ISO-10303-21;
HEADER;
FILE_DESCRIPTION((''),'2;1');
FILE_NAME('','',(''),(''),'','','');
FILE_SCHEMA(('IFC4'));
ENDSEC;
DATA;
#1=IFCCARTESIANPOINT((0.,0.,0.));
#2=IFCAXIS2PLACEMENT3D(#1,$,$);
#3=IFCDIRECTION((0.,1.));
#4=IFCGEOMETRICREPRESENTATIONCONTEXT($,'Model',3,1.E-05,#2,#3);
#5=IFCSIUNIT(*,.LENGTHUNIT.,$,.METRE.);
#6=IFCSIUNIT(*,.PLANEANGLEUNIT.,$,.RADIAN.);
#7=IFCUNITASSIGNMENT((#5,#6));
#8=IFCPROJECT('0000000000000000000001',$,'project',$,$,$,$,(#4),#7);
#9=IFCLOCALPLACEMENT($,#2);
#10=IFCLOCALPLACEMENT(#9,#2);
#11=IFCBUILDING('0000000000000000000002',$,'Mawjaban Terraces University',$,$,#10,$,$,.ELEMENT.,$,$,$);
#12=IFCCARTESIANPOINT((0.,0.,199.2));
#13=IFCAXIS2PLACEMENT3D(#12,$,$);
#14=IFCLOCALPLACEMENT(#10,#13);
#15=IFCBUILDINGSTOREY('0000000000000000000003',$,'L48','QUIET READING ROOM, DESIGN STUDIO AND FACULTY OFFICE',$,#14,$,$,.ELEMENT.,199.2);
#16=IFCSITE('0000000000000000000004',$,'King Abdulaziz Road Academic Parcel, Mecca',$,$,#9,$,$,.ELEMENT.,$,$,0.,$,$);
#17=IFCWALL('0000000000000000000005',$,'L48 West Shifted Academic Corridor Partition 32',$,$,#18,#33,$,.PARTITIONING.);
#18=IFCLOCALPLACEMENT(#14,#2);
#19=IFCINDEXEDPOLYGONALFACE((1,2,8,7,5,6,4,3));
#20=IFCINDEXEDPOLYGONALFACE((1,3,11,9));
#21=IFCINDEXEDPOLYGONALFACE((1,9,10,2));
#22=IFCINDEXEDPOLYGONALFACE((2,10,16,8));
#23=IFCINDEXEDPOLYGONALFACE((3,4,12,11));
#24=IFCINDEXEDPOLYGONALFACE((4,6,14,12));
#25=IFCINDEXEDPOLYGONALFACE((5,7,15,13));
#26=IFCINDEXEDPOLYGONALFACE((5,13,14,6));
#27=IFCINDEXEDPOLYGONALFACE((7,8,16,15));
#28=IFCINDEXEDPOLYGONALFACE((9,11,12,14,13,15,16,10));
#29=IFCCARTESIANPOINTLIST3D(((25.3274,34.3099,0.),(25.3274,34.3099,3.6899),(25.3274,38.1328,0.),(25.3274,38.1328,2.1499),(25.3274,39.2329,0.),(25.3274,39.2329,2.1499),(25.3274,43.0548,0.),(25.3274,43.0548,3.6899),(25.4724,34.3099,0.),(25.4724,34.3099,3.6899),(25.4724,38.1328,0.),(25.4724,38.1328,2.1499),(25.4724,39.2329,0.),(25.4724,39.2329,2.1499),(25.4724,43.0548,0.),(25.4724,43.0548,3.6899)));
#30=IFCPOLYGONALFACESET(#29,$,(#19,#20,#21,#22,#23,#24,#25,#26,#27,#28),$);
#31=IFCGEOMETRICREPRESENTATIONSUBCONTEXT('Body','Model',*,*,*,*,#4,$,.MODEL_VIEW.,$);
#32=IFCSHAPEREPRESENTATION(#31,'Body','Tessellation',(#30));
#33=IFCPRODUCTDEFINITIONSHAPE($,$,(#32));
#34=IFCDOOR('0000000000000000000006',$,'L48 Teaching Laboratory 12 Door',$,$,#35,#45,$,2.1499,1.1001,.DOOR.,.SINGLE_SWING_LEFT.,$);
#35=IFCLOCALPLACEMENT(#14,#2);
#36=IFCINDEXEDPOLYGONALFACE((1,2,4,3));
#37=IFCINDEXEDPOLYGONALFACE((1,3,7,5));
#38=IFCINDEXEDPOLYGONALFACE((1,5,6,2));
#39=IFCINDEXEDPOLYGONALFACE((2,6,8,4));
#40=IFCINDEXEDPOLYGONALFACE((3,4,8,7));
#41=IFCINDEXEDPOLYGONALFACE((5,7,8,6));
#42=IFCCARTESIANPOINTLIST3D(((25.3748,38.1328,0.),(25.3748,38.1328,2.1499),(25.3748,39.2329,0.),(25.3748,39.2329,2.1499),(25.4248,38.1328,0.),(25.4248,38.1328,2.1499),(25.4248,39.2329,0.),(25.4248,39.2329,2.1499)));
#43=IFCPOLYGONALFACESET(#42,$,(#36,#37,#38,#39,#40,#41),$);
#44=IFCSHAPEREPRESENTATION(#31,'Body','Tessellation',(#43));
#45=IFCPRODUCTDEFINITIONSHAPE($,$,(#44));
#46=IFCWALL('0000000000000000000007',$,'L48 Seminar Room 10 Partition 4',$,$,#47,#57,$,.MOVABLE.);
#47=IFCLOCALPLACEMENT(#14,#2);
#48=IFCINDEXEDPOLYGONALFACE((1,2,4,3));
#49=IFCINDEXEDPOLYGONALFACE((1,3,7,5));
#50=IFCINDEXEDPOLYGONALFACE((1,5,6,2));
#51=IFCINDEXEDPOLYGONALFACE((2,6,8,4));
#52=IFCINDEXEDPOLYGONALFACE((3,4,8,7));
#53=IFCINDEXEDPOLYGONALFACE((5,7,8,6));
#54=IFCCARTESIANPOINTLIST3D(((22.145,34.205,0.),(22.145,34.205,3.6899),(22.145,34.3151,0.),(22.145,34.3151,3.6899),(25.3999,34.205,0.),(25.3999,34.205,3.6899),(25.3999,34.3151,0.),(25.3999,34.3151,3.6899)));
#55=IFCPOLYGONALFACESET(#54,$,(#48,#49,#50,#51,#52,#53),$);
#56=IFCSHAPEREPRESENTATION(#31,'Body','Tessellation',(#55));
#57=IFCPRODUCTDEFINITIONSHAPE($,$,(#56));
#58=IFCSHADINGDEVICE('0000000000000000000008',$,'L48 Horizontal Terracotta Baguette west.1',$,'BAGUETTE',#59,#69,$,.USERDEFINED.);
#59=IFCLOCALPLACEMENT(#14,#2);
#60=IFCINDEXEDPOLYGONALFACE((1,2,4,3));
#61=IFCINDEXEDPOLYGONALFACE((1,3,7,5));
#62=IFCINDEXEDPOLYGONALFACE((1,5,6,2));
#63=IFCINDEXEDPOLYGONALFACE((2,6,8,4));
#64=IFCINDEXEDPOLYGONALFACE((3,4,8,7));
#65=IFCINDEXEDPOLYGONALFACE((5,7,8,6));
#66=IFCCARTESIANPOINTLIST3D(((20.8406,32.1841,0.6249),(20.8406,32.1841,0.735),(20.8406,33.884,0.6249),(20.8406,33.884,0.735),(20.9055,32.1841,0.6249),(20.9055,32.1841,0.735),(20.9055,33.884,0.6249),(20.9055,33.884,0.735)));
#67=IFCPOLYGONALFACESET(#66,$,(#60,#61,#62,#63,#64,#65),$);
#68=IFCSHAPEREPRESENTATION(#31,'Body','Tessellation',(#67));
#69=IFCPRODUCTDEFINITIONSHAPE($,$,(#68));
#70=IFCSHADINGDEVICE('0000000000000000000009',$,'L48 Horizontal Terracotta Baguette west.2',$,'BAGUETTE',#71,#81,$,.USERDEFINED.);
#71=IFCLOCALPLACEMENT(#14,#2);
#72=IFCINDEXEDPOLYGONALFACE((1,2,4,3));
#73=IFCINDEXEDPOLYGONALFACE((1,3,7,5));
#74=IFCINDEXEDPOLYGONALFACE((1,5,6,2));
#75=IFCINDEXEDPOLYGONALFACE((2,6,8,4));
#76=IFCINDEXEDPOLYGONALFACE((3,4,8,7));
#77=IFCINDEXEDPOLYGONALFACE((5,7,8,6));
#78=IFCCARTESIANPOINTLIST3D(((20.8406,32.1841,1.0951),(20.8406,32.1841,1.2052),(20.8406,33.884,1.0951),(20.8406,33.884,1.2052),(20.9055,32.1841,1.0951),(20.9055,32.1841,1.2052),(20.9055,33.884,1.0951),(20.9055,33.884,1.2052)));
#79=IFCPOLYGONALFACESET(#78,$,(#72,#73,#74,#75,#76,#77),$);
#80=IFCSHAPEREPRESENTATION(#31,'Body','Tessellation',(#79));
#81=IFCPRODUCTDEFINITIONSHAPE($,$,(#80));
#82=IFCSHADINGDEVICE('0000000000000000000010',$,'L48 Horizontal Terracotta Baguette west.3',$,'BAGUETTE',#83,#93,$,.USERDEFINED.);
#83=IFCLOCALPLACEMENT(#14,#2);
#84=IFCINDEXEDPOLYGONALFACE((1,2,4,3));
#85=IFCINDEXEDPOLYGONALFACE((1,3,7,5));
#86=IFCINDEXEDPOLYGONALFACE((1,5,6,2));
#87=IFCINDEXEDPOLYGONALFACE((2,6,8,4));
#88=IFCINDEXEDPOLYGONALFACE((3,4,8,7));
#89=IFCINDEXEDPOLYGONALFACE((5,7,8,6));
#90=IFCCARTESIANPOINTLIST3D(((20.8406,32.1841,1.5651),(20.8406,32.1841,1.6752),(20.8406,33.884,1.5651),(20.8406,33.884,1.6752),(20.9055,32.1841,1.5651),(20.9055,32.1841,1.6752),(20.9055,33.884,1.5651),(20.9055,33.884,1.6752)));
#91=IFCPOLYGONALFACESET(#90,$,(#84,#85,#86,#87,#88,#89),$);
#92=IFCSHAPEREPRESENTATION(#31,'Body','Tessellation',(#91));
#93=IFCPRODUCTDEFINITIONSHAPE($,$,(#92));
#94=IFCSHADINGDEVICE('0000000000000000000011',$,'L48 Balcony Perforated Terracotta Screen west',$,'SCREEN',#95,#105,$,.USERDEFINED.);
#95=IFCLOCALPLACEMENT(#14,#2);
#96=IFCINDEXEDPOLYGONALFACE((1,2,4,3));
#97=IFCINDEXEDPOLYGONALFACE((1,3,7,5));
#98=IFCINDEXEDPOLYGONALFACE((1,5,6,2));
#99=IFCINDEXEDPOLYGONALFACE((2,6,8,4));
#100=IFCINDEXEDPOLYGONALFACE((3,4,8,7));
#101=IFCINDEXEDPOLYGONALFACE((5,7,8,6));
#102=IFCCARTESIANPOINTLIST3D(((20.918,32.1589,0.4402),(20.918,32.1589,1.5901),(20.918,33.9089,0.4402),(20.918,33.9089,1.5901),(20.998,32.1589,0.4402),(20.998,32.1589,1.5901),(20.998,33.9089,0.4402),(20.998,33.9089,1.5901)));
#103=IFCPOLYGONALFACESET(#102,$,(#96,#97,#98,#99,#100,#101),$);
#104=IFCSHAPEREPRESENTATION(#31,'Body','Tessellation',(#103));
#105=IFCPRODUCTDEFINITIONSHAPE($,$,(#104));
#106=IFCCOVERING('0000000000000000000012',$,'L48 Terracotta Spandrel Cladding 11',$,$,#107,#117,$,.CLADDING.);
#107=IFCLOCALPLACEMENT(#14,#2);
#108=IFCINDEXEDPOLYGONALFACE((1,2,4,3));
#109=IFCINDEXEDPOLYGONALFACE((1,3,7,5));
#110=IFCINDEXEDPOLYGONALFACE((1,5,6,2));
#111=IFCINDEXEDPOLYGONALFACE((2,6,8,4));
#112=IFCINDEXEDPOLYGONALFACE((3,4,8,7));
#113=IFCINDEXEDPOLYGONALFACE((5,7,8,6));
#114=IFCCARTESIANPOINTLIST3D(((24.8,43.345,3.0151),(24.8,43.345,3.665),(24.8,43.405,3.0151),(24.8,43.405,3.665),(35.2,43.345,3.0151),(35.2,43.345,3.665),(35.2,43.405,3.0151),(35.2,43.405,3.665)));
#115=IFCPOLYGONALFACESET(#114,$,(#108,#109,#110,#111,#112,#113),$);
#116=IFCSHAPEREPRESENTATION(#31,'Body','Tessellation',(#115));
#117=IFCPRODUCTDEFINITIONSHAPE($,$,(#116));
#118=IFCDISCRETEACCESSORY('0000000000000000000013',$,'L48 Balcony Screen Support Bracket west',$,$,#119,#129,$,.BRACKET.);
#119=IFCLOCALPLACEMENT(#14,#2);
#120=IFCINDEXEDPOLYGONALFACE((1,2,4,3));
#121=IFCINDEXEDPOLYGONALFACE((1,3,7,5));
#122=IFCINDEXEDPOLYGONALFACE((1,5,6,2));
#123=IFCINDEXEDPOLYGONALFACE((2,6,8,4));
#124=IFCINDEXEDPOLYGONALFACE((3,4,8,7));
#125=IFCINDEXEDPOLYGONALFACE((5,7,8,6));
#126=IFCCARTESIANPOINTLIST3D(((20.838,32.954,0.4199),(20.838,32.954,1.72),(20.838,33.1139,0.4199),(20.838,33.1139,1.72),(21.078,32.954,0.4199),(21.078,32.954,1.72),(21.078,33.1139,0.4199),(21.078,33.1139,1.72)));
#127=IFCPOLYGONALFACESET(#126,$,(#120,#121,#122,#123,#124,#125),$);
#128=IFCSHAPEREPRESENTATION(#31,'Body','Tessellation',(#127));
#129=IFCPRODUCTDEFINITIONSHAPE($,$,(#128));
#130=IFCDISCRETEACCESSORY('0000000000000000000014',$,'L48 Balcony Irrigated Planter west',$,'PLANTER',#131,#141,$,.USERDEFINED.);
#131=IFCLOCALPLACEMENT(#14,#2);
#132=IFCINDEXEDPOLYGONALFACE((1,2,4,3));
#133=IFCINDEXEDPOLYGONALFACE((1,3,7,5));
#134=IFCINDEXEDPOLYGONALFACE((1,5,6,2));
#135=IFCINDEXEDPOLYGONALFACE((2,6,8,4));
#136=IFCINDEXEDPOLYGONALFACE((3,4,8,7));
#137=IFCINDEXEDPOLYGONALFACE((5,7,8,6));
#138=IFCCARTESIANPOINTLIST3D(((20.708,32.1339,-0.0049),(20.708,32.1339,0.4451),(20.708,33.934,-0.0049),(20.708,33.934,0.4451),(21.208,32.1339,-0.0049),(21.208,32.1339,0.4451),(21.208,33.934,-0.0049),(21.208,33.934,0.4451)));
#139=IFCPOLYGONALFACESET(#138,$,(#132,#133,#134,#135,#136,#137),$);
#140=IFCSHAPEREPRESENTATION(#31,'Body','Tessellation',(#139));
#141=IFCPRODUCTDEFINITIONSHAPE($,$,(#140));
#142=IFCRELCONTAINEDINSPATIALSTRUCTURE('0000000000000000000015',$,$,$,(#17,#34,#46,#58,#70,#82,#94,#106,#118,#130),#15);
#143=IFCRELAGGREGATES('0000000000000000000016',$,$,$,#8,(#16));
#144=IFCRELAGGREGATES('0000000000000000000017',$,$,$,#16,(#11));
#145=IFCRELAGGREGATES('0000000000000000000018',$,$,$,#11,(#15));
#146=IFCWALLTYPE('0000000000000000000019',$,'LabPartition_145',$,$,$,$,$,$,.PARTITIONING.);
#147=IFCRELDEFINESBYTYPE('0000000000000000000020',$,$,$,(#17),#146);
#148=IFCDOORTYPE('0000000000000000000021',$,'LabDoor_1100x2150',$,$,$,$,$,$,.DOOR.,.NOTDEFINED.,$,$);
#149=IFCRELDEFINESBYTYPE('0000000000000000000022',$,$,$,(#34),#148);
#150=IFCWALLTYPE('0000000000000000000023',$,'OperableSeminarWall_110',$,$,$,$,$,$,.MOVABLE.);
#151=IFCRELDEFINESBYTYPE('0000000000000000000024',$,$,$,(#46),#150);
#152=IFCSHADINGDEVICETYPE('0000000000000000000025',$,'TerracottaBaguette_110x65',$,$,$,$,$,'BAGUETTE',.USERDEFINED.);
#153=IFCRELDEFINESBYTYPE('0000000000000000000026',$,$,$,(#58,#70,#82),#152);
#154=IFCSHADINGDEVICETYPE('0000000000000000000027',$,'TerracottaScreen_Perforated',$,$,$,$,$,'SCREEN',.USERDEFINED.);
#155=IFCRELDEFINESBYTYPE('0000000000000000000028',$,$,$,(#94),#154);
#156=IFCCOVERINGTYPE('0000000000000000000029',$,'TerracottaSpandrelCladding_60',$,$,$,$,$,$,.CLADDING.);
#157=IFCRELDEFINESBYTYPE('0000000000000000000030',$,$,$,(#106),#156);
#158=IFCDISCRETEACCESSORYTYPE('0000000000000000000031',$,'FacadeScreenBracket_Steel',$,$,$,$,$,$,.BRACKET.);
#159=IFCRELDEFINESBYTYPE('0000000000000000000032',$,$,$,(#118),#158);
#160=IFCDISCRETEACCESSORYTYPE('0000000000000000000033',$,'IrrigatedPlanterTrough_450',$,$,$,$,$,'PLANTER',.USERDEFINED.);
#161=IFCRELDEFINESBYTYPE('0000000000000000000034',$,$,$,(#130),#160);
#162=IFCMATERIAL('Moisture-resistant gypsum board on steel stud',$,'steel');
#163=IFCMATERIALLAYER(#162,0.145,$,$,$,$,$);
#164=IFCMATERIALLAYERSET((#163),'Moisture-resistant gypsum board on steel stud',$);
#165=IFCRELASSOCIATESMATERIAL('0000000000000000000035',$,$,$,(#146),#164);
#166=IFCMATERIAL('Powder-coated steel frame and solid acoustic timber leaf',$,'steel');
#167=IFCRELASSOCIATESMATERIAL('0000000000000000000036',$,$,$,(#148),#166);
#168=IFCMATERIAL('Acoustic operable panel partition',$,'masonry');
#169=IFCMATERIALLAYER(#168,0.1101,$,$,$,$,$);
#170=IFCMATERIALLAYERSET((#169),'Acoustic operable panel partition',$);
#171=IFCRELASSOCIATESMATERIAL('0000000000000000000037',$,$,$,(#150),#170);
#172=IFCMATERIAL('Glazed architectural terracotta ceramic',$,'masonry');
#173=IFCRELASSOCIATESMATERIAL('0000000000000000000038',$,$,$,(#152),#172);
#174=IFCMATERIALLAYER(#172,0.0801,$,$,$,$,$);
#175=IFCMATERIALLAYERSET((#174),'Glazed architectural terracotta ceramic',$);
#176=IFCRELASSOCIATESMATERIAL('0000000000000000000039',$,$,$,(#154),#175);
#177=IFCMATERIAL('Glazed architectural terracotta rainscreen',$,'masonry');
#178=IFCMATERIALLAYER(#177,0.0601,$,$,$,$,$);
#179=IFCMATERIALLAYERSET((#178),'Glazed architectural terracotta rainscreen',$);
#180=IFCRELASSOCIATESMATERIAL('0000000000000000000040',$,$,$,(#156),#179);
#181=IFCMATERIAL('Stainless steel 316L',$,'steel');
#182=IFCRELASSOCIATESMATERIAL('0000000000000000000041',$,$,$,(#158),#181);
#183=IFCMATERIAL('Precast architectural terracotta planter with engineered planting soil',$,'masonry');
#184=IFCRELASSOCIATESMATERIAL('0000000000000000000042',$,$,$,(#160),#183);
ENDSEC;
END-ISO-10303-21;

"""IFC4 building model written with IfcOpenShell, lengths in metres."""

from ifc_helpers import new_model, si_unit, direction, frame, frame_2d, origin, origin_2d, place, context, subcontext, project, spatial, rectangle, extrude, material, layer, layer_set, material_profile, profile_set, type_object, element, fill, save


model = new_model("IFC4")

# Units and contexts
model_context = context("Model", 3, precision=1e-05, world=origin(), true_north=direction((0.0, 1.0)))
body_context = subcontext(model_context, "Body", "Model", "MODEL_VIEW")
ifc_project = project(units=[si_unit("LENGTHUNIT", "METRE"), si_unit("PLANEANGLEUNIT", "RADIAN")], contexts=[model_context])

# Site, building, storey
site_placement = place(None, origin())
site = spatial("IfcSite", under=ifc_project, at=site_placement, Name="King Abdulaziz Road Academic Parcel, Mecca", CompositionType="ELEMENT", RefElevation=0.0)
building_placement = place(site_placement, origin())
building = spatial("IfcBuilding", under=site, at=building_placement, Name="Mawjaban Terraces University", CompositionType="ELEMENT")
storey_placement = place(building_placement, frame((0.0, 0.0, 199.2)))
storey = spatial("IfcBuildingStorey", under=building, at=storey_placement, Name="L48", Description="QUIET READING ROOM, DESIGN STUDIO AND FACULTY OFFICE", CompositionType="ELEMENT", Elevation=199.2)

# Shared definitions
ifc_material_1 = material(Name="Powder-coated steel frame and solid acoustic timber leaf", Category="steel")

# Wall, opening, door
ifc_material_2 = material(Name="Moisture-resistant gypsum board on steel stud", Category="steel")
ifc_layer_1 = layer(ifc_material_2, 0.145)
ifc_layer_set_1 = layer_set([ifc_layer_1], Name="Moisture-resistant gypsum board on steel stud")
wall_type_1 = type_object("IfcWallType", Name="LabPartition_145", PredefinedType="PARTITIONING", material=ifc_layer_set_1)
wall_1_placement = place(storey_placement, frame((25.3999, 43.0549, 0.0), z_axis=(0.0, 0.0, 1.0), x_axis=(0.0, -1.0, 0.0)))
wall_1 = element("IfcWall", 1, at=wall_1_placement, inside=storey, type_object=wall_type_1, Name="L48 West Shifted Academic Corridor Partition 32", PredefinedType="PARTITIONING", context=body_context, shape_type="SweptSolid", body=[
    extrude(rectangle(XDim=8.7449, YDim=0.145, at=frame_2d((4.3726, 0.0))), origin(), (0.0, 0.0, 1.0), 3.6899),
])
opening_1_placement = place(wall_1_placement, frame((3.822, 0.0, 0.0)))
opening_1 = element("IfcOpeningElement", 2, at=opening_1_placement, cuts=wall_1, PredefinedType="OPENING", context=body_context, shape_type="SweptSolid", body=[
    extrude(rectangle(XDim=1.1001, YDim=2.1499, at=frame_2d((0.55, 1.075))), frame((0.0, 0.0825, 0.0), z_axis=(0.0, -1.0, 0.0), x_axis=(1.0, 0.0, 0.0)), (0.0, 0.0, 1.0), 0.165),
])
door_type_1 = type_object("IfcDoorType", Name="LabDoor_1100x2150", OperationType="NOTDEFINED", PredefinedType="DOOR", material=ifc_material_1)
door_1_placement = place(opening_1_placement, origin())
door_1 = element("IfcDoor", 3, at=door_1_placement, inside=storey, type_object=door_type_1, Name="L48 Teaching Laboratory 12 Door", OperationType="SINGLE_SWING_LEFT", OverallHeight=2.1499, OverallWidth=1.1001, PredefinedType="DOOR", context=body_context, shape_type="SweptSolid", body=[
    extrude(rectangle(XDim=1.1001, YDim=2.1499, at=frame_2d((0.55, 1.075))), frame((0.0, 0.0249, 0.0), z_axis=(0.0, -1.0, 0.0), x_axis=(1.0, 0.0, 0.0)), (0.0, 0.0, 1.0), 0.05),
])
fill(opening_1, door_1)

# Wall
ifc_material_3 = material(Name="Acoustic operable panel partition", Category="masonry")
ifc_layer_2 = layer(ifc_material_3, 0.1101)
ifc_layer_set_2 = layer_set([ifc_layer_2], Name="Acoustic operable panel partition")
wall_type_2 = type_object("IfcWallType", Name="OperableSeminarWall_110", PredefinedType="MOVABLE", material=ifc_layer_set_2)
wall_2_placement = place(storey_placement, frame((25.3999, 34.26, 0.0), z_axis=(0.0, 0.0, 1.0), x_axis=(-1.0, 0.0, 0.0)))
element("IfcWall", 4, at=wall_2_placement, inside=storey, type_object=wall_type_2, Name="L48 Seminar Room 10 Partition 4", PredefinedType="MOVABLE", context=body_context, shape_type="SweptSolid", body=[
    extrude(rectangle(XDim=3.2549, YDim=0.1101, at=frame_2d((1.6274, 0.0))), origin(), (0.0, 0.0, 1.0), 3.6899),
])

# Shading devices
ifc_material_4 = material(Name="Glazed architectural terracotta ceramic", Category="masonry")
ifc_material_profile_1 = material_profile(ifc_material_4, rectangle(XDim=0.0649, YDim=0.1101, at=origin_2d()), Name="TBAG110X65")
ifc_profile_set_1 = profile_set([ifc_material_profile_1], Name="Glazed architectural terracotta ceramic")
shading_device_type_1 = type_object("IfcShadingDeviceType", Name="TerracottaBaguette_110x65", ElementType="BAGUETTE", PredefinedType="USERDEFINED", material=ifc_profile_set_1)
for number, where, z_axis, x_axis, name in (
    (5, (20.873, 32.1841, 0.6799), (0.0, 1.0, 0.0), (-1.0, 0.0, 0.0), "L48 Horizontal Terracotta Baguette west.1"),
    (6, (20.873, 32.1841, 1.1501), (0.0, 1.0, 0.0), (-1.0, 0.0, 0.0), "L48 Horizontal Terracotta Baguette west.2"),
    (7, (20.873, 32.1841, 1.6201), (0.0, 1.0, 0.0), (-1.0, 0.0, 0.0), "L48 Horizontal Terracotta Baguette west.3"),
):
    element("IfcShadingDevice", number, at=place(storey_placement, frame(where, z_axis=z_axis, x_axis=x_axis)), inside=storey, type_object=shading_device_type_1, Name=name, ObjectType="BAGUETTE", PredefinedType="USERDEFINED", context=body_context, shape_type="SweptSolid", body=[
        extrude(rectangle(XDim=0.0649, YDim=0.1101, at=origin_2d()), origin(), (0.0, 0.0, 1.0), 1.7),
    ])
ifc_layer_3 = layer(ifc_material_4, 0.0801)
ifc_layer_set_3 = layer_set([ifc_layer_3], Name="Glazed architectural terracotta ceramic")
shading_device_type_2 = type_object("IfcShadingDeviceType", Name="TerracottaScreen_Perforated", ElementType="SCREEN", PredefinedType="USERDEFINED", material=ifc_layer_set_3)
shading_device_placement = place(storey_placement, frame((20.958, 33.0339, 0.4402), z_axis=(0.0, 0.0, 1.0), x_axis=(0.0, 1.0, 0.0)))
element("IfcShadingDevice", 8, at=shading_device_placement, inside=storey, type_object=shading_device_type_2, Name="L48 Balcony Perforated Terracotta Screen west", ObjectType="SCREEN", PredefinedType="USERDEFINED", context=body_context, shape_type="SweptSolid", body=[
    extrude(rectangle(XDim=1.75, YDim=0.0801, at=origin_2d()), origin(), (0.0, 0.0, 1.0), 1.1499),
])

# Covering
ifc_material_5 = material(Name="Glazed architectural terracotta rainscreen", Category="masonry")
ifc_layer_4 = layer(ifc_material_5, 0.0601)
ifc_layer_set_4 = layer_set([ifc_layer_4], Name="Glazed architectural terracotta rainscreen")
covering_type = type_object("IfcCoveringType", Name="TerracottaSpandrelCladding_60", PredefinedType="CLADDING", material=ifc_layer_set_4)
covering_placement = place(storey_placement, frame((30.0, 43.375, 3.0151), z_axis=(0.0, 0.0, 1.0), x_axis=(-1.0, 0.0, 0.0)))
element("IfcCovering", 9, at=covering_placement, inside=storey, type_object=covering_type, Name="L48 Terracotta Spandrel Cladding 11", PredefinedType="CLADDING", context=body_context, shape_type="SweptSolid", body=[
    extrude(rectangle(XDim=10.3999, YDim=0.0601, at=origin_2d()), origin(), (0.0, 0.0, 1.0), 0.6499),
])

# Discrete accessories
ifc_material_6 = material(Name="Stainless steel 316L", Category="steel")
discrete_accessory_type_1 = type_object("IfcDiscreteAccessoryType", Name="FacadeScreenBracket_Steel", PredefinedType="BRACKET", material=ifc_material_6)
discrete_accessory_1_placement = place(storey_placement, frame((20.958, 33.0339, 0.4199), z_axis=(0.0, 0.0, 1.0), x_axis=(0.0, 1.0, 0.0)))
element("IfcDiscreteAccessory", 10, at=discrete_accessory_1_placement, inside=storey, type_object=discrete_accessory_type_1, Name="L48 Balcony Screen Support Bracket west", PredefinedType="BRACKET", context=body_context, shape_type="SweptSolid", body=[
    extrude(rectangle(XDim=0.1599, YDim=0.24, at=origin_2d()), origin(), (0.0, 0.0, 1.0), 1.3),
])
ifc_material_7 = material(Name="Precast architectural terracotta planter with engineered planting soil", Category="masonry")
discrete_accessory_type_2 = type_object("IfcDiscreteAccessoryType", Name="IrrigatedPlanterTrough_450", ElementType="PLANTER", PredefinedType="USERDEFINED", material=ifc_material_7)
discrete_accessory_2_placement = place(storey_placement, frame((20.958, 33.0339, -0.0049), z_axis=(0.0, 0.0, 1.0), x_axis=(0.0, 1.0, 0.0)))
element("IfcDiscreteAccessory", 11, at=discrete_accessory_2_placement, inside=storey, type_object=discrete_accessory_type_2, Name="L48 Balcony Irrigated Planter west", ObjectType="PLANTER", PredefinedType="USERDEFINED", context=body_context, shape_type="SweptSolid", body=[
    extrude(rectangle(XDim=1.8, YDim=0.5, at=origin_2d()), origin(), (0.0, 0.0, 1.0), 0.45),
])

save(model, "model.ifc")
